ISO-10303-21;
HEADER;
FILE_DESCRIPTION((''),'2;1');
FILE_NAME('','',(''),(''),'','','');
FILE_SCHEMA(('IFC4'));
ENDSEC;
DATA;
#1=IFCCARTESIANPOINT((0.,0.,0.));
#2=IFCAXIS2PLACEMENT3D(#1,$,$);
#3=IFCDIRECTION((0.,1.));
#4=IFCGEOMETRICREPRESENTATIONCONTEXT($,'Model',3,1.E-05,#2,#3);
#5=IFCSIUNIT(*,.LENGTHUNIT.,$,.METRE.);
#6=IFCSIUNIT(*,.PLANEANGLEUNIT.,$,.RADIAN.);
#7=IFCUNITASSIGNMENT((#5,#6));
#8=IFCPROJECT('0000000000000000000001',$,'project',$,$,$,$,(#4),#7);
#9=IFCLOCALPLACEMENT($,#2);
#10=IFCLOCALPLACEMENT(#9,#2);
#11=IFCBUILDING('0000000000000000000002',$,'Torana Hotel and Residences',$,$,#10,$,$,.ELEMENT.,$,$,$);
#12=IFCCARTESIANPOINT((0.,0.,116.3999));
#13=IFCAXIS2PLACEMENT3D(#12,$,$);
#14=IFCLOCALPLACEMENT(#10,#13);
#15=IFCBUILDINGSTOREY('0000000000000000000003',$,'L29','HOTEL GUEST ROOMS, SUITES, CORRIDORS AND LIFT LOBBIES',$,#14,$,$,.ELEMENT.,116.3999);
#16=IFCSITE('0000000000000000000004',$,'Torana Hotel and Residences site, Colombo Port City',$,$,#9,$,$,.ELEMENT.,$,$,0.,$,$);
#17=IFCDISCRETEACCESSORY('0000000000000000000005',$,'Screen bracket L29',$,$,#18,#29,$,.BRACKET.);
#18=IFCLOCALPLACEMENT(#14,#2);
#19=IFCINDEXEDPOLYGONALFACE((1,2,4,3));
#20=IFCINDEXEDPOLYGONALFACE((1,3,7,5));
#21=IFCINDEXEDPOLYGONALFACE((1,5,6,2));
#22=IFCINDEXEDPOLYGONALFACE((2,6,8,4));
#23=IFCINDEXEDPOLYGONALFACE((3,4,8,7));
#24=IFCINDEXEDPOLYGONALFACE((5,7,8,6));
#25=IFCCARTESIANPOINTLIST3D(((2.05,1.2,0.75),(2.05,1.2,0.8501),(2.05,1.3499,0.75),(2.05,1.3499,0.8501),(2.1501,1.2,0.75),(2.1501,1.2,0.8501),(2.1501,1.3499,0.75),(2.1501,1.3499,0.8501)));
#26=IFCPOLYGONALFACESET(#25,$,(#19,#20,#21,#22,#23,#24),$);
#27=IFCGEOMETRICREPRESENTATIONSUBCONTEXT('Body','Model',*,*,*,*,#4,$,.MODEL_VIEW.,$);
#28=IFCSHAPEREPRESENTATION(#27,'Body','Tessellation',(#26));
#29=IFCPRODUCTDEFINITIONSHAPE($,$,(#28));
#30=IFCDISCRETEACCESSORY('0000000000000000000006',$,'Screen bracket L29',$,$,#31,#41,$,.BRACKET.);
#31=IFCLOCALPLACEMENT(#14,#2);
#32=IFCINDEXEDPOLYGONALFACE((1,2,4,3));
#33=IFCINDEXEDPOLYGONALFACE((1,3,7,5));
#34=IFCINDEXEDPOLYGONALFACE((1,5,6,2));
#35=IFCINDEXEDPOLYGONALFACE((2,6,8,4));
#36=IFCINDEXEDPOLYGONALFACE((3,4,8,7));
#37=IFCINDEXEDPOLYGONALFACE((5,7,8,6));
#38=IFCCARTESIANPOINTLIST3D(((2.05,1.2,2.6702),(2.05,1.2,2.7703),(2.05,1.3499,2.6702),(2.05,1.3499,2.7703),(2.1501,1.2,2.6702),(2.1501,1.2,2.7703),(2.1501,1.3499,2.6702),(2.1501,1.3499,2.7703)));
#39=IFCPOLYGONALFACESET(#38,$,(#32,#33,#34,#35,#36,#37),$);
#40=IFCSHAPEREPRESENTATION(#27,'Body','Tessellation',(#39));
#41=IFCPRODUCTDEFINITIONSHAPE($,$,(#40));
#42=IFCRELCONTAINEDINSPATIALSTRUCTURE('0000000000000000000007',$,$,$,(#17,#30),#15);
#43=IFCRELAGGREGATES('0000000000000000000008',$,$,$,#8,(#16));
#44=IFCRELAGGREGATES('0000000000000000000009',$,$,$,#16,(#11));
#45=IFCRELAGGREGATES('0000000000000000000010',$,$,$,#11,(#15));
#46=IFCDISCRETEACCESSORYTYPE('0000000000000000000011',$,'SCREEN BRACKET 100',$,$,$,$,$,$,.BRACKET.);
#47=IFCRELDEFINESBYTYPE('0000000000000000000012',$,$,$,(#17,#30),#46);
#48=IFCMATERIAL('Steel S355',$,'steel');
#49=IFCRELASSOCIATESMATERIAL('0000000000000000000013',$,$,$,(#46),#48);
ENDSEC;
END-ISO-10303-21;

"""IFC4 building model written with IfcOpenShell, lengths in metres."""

from ifc_helpers import new_model, si_unit, direction, frame, origin, origin_2d, place, context, subcontext, project, spatial, rectangle, extrude, material, type_object, element, save


model = new_model("IFC4")

# Units and contexts
model_context = context("Model", 3, precision=1e-05, world=origin(), true_north=direction((0.0, 1.0)))
body_context = subcontext(model_context, "Body", "Model", "MODEL_VIEW")
ifc_project = project(units=[si_unit("LENGTHUNIT", "METRE"), si_unit("PLANEANGLEUNIT", "RADIAN")], contexts=[model_context])

# Site, building, storey
site_placement = place(None, origin())
site = spatial("IfcSite", under=ifc_project, at=site_placement, Name="Torana Hotel and Residences site, Colombo Port City", CompositionType="ELEMENT", RefElevation=0.0)
building_placement = place(site_placement, origin())
building = spatial("IfcBuilding", under=site, at=building_placement, Name="Torana Hotel and Residences", CompositionType="ELEMENT")
storey_placement = place(building_placement, frame((0.0, 0.0, 116.3999)))
storey = spatial("IfcBuildingStorey", under=building, at=storey_placement, Name="L29", Description="HOTEL GUEST ROOMS, SUITES, CORRIDORS AND LIFT LOBBIES", CompositionType="ELEMENT", Elevation=116.3999)

# Discrete accessories
ifc_material_1 = material(Name="Steel S355", Category="steel")
discrete_accessory_type = type_object("IfcDiscreteAccessoryType", Name="SCREEN BRACKET 100", PredefinedType="BRACKET", material=ifc_material_1)
for number, where, z_axis, x_axis, name in (
    (1, (2.1001, 1.2749, 0.75), (0.0, 0.0, 1.0), (-1.0, 0.0, 0.0), "Screen bracket L29"),
    (2, (2.1001, 1.2749, 2.6702), (0.0, 0.0, 1.0), (-1.0, 0.0, 0.0), "Screen bracket L29"),
):
    element("IfcDiscreteAccessory", number, at=place(storey_placement, frame(where, z_axis=z_axis, x_axis=x_axis)), inside=storey, type_object=discrete_accessory_type, Name=name, PredefinedType="BRACKET", context=body_context, shape_type="SweptSolid", body=[
        extrude(rectangle(XDim=0.1001, YDim=0.1499, at=origin_2d()), origin(), (0.0, 0.0, 1.0), 0.1001),
    ])

save(model, "model.ifc")
